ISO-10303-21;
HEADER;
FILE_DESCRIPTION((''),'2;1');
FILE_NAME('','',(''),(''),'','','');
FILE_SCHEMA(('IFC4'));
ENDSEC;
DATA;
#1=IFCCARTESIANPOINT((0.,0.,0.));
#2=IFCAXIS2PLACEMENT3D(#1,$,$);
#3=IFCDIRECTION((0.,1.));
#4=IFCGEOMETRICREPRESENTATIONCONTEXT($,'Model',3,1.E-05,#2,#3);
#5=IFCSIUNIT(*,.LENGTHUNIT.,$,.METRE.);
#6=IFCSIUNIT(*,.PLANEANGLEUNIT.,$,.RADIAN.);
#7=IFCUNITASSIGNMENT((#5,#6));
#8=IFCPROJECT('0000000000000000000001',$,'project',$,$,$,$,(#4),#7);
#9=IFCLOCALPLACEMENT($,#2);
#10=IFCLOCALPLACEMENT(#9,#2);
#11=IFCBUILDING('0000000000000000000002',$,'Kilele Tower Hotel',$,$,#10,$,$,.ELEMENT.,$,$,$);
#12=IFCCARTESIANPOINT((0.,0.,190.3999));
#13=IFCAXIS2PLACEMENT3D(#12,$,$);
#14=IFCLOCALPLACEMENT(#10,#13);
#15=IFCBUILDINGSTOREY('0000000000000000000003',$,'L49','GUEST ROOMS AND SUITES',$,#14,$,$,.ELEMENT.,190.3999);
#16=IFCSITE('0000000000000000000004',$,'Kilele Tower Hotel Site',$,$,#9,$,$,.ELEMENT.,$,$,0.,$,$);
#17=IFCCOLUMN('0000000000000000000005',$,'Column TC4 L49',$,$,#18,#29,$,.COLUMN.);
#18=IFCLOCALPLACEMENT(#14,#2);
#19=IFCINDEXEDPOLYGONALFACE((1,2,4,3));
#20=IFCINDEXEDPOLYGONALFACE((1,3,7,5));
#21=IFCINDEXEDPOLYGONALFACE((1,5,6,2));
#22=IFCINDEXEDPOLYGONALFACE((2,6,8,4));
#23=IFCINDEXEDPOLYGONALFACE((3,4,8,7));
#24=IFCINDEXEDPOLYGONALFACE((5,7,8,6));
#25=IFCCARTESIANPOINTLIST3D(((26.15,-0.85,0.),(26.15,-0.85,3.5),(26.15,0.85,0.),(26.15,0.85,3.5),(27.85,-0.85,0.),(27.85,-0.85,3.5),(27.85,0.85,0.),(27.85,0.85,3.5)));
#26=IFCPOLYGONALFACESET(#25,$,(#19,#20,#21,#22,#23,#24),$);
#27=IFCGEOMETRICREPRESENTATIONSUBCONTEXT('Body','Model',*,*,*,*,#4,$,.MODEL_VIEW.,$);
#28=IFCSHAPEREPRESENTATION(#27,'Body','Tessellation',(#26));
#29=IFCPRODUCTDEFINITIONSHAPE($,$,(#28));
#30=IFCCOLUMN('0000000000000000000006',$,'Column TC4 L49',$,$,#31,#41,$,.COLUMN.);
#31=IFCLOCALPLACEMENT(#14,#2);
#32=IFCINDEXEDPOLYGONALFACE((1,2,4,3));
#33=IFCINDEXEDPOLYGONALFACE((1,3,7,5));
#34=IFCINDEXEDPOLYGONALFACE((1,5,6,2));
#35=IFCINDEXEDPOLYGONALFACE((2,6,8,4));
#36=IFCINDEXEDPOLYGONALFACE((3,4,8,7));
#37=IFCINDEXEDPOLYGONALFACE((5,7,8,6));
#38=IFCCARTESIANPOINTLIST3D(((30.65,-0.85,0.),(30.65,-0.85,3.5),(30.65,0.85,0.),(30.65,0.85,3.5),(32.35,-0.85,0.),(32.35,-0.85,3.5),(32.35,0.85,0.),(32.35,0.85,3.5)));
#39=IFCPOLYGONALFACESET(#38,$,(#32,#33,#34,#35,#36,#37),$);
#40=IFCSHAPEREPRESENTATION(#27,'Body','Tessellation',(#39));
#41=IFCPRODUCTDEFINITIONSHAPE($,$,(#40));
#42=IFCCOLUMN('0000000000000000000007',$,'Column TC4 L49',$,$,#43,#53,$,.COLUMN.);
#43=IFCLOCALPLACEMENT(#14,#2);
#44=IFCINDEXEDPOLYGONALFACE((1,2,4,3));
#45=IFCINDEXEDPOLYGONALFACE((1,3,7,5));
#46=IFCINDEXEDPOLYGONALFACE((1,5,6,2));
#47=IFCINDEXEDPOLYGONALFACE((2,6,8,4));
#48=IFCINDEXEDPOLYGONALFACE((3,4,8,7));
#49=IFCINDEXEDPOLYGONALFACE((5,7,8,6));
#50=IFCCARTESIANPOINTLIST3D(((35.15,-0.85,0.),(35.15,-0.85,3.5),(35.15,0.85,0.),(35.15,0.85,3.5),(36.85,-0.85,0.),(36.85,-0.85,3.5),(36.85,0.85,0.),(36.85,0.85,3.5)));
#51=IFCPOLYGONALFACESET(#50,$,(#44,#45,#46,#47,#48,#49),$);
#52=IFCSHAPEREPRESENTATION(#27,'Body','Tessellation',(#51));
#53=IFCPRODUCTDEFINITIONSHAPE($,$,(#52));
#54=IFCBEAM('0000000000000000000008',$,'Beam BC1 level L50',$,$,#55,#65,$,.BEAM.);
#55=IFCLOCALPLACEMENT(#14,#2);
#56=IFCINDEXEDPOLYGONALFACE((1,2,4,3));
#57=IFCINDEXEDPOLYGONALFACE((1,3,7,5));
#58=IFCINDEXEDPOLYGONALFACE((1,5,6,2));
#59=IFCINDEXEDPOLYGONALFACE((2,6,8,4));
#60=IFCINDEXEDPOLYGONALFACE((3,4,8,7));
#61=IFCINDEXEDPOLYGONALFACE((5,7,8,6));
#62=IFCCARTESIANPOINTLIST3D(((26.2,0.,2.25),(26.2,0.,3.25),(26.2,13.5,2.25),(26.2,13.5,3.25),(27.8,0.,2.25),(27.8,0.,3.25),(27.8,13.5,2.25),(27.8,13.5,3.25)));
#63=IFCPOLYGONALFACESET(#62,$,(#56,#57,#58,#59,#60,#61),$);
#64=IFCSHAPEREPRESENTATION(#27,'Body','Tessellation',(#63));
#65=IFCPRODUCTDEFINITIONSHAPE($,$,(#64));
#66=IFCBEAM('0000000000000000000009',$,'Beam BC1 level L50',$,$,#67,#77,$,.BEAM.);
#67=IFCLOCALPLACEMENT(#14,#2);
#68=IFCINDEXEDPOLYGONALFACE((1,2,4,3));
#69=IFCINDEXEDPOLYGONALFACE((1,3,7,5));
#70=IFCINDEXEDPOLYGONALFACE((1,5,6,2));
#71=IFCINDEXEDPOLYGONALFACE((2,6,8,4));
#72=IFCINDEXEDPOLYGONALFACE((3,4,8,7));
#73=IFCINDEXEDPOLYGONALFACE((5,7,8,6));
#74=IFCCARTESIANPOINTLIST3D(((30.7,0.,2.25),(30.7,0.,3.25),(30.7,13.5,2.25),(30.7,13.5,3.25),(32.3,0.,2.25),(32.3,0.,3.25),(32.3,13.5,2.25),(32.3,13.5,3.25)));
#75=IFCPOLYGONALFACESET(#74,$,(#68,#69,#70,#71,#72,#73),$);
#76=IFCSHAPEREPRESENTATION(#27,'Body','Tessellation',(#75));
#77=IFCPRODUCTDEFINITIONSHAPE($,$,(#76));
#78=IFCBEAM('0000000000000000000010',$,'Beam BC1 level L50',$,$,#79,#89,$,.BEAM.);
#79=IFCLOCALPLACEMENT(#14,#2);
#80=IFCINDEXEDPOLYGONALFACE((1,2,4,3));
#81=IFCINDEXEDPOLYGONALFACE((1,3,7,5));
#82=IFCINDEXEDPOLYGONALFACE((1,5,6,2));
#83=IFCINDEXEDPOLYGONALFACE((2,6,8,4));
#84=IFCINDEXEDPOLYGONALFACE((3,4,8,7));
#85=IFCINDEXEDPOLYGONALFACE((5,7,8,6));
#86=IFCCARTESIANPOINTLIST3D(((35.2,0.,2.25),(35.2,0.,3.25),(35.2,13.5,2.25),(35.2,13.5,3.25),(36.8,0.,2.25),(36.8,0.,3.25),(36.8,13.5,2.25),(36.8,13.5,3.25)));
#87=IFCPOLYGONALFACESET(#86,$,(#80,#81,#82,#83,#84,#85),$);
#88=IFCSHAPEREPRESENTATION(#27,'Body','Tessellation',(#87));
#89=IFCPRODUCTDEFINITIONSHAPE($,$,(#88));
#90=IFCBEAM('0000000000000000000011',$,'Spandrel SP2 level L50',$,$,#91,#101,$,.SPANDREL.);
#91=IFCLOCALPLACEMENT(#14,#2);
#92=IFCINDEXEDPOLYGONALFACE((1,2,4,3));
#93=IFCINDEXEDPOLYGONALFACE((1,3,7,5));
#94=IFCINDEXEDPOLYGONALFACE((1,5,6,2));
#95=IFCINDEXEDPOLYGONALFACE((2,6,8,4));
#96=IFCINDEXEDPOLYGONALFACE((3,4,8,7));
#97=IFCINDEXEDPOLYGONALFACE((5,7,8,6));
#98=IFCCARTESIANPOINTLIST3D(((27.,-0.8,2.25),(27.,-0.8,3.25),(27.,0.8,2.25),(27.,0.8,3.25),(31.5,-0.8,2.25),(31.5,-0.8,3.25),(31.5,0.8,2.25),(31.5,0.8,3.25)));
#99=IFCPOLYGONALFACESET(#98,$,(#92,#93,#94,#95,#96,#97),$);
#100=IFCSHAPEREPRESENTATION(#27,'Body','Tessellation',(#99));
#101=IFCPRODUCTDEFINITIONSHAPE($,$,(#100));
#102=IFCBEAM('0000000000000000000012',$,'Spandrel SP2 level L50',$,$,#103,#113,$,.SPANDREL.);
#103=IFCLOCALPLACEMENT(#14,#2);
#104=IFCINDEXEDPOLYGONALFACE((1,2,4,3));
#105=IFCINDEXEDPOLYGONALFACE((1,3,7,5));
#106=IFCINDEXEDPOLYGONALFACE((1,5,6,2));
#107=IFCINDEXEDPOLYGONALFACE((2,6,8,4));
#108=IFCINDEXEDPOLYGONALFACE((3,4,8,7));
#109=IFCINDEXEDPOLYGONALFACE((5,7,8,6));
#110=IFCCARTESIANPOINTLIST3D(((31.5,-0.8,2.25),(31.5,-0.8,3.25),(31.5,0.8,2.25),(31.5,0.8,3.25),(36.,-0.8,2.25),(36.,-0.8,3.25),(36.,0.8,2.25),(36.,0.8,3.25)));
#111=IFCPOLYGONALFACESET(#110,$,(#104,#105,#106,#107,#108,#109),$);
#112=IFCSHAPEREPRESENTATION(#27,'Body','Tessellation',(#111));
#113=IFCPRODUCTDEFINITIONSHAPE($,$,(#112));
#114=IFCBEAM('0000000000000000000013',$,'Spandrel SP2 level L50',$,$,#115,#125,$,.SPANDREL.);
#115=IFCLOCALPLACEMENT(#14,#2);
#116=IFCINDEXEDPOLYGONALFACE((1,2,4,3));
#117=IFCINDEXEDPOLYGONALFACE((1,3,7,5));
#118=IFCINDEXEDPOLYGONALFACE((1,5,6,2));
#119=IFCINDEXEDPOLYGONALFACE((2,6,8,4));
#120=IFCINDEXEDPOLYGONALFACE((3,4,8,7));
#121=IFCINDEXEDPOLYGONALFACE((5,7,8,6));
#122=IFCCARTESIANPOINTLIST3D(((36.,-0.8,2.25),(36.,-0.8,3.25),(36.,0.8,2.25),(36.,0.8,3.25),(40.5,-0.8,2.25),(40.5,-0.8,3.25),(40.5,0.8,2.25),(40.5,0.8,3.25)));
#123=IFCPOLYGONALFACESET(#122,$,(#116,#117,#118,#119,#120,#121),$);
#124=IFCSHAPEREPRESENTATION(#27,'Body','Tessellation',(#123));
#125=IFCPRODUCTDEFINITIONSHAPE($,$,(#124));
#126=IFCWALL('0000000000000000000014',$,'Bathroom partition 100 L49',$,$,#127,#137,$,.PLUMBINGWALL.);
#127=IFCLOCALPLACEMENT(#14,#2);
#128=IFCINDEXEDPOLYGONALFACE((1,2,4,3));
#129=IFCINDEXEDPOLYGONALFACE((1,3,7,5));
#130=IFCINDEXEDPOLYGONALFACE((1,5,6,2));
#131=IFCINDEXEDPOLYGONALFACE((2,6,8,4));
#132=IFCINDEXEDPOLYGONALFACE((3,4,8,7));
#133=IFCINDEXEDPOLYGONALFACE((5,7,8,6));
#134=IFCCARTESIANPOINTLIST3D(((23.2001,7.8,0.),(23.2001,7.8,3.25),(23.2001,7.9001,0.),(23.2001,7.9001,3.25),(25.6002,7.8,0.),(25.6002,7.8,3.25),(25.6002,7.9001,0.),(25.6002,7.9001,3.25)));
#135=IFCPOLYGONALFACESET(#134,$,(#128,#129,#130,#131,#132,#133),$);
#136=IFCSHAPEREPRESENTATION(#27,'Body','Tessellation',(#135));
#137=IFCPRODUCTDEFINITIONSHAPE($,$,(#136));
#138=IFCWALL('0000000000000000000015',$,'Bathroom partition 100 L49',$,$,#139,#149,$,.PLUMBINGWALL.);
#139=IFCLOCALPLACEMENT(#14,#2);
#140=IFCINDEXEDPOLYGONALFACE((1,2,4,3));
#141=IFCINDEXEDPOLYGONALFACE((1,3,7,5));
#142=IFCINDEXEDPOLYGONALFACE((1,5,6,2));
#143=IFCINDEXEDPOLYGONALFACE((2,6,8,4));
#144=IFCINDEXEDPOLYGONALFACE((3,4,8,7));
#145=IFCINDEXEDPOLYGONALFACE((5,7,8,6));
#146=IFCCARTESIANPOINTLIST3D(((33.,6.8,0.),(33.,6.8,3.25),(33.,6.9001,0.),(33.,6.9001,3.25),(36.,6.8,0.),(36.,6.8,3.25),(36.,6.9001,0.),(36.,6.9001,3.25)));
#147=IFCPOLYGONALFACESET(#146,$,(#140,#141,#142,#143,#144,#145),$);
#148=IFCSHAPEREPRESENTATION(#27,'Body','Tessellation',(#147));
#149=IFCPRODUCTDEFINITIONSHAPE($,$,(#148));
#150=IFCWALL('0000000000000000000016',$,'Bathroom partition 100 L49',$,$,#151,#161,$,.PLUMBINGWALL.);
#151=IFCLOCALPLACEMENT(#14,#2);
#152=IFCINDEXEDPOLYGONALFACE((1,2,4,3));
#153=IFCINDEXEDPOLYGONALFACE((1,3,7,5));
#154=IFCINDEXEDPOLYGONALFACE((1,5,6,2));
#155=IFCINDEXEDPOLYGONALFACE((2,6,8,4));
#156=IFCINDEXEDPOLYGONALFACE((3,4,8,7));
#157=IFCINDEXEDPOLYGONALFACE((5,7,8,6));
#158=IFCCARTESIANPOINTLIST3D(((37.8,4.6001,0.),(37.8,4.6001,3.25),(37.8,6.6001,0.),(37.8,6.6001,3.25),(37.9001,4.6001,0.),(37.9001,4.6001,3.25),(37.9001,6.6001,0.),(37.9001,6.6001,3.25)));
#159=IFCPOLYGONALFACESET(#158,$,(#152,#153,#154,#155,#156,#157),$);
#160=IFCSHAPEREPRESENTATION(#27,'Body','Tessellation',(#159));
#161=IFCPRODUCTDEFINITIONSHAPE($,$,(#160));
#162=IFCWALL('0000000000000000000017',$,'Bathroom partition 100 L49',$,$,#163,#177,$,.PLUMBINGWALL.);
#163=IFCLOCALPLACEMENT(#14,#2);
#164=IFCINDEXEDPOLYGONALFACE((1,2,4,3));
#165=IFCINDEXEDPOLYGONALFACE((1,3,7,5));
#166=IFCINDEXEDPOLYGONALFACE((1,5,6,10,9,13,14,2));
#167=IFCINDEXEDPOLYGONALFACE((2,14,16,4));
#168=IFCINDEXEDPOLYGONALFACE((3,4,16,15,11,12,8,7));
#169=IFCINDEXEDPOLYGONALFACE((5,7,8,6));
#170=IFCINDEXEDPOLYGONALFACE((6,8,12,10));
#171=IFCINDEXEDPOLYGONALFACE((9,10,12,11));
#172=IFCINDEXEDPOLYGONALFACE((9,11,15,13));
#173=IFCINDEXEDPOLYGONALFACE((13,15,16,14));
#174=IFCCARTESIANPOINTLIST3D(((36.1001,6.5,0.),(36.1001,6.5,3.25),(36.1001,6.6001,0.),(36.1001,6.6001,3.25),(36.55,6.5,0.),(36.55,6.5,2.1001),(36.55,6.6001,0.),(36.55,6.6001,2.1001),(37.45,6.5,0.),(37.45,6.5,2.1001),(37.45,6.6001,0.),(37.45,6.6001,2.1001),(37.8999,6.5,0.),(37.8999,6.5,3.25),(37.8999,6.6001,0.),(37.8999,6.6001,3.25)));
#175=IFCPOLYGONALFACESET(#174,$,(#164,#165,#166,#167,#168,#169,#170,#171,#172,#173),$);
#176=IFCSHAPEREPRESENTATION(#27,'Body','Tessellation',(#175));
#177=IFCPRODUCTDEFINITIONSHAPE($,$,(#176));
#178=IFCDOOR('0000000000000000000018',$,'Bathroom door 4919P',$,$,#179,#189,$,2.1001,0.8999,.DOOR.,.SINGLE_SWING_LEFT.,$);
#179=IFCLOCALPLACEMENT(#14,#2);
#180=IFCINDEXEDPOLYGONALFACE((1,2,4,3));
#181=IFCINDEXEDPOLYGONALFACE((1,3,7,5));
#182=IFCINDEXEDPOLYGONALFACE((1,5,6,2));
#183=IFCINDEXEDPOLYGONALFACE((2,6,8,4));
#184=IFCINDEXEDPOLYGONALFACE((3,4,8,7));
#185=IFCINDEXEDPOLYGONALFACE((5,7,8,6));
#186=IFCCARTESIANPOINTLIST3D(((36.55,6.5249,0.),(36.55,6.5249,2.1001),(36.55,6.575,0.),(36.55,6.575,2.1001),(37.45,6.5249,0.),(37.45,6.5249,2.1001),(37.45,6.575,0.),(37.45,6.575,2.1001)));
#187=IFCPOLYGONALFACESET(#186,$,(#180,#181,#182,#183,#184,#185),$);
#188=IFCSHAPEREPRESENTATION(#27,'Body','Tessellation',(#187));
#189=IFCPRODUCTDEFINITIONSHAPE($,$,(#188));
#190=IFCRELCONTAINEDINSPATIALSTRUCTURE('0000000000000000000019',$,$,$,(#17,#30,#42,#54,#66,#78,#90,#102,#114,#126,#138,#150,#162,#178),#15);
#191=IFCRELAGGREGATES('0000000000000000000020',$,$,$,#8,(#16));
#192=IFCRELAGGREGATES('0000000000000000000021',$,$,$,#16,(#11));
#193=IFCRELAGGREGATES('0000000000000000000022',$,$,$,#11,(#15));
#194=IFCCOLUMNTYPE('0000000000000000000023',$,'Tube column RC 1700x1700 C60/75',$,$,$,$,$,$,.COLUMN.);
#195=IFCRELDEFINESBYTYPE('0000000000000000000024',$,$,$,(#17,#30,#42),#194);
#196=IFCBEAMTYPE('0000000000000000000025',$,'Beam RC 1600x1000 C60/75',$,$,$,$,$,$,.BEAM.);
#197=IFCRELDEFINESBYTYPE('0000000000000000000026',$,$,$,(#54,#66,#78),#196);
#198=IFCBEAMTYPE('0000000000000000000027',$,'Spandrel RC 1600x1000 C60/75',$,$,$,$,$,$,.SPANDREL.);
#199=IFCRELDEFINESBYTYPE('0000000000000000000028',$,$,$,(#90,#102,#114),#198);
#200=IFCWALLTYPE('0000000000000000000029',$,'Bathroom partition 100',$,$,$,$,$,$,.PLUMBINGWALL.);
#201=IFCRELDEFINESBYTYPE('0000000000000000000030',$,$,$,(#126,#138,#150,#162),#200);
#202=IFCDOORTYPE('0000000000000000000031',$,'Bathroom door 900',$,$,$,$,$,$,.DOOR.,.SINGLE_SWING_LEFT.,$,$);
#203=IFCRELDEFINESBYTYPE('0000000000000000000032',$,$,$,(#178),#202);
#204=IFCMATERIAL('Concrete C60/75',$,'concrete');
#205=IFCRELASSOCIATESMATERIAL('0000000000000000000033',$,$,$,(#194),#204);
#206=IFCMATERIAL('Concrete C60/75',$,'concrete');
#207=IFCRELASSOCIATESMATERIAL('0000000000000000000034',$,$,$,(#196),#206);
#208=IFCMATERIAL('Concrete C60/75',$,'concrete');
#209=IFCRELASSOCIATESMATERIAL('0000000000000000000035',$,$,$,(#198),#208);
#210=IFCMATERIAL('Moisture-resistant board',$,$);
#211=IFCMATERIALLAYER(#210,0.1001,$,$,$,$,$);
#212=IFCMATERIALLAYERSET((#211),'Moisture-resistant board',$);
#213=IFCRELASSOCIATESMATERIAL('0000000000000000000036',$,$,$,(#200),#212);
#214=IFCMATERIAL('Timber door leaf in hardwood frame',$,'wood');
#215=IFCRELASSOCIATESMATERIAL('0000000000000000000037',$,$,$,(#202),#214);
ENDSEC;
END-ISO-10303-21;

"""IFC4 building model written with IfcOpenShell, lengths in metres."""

from ifc_helpers import new_model, si_unit, direction, frame, frame_2d, origin, origin_2d, place, context, subcontext, project, spatial, rectangle, extrude, material, layer, layer_set, material_profile, profile_set, type_object, element, fill, save


model = new_model("IFC4")

# Units and contexts
model_context = context("Model", 3, precision=1e-05, world=origin(), true_north=direction((0.0, 1.0)))
body_context = subcontext(model_context, "Body", "Model", "MODEL_VIEW")
ifc_project = project(units=[si_unit("LENGTHUNIT", "METRE"), si_unit("PLANEANGLEUNIT", "RADIAN")], contexts=[model_context])

# Site, building, storey
site_placement = place(None, origin())
site = spatial("IfcSite", under=ifc_project, at=site_placement, Name="Kilele Tower Hotel Site", CompositionType="ELEMENT", RefElevation=0.0)
building_placement = place(site_placement, origin())
building = spatial("IfcBuilding", under=site, at=building_placement, Name="Kilele Tower Hotel", CompositionType="ELEMENT")
storey_placement = place(building_placement, frame((0.0, 0.0, 190.3999)))
storey = spatial("IfcBuildingStorey", under=building, at=storey_placement, Name="L49", Description="GUEST ROOMS AND SUITES", CompositionType="ELEMENT", Elevation=190.3999)

# Columns
ifc_material_1 = material(Name="Concrete C60/75", Category="concrete")
ifc_material_profile_1 = material_profile(ifc_material_1, rectangle(XDim=1.7, YDim=1.7, at=origin_2d()))
ifc_profile_set_1 = profile_set([ifc_material_profile_1], Name="Concrete C60/75")
column_type = type_object("IfcColumnType", Name="Tube column RC 1700x1700 C60/75", PredefinedType="COLUMN", material=ifc_profile_set_1)
for number, where, z_axis, x_axis, name in (
    (1, (27.0, 0.0, 0.0), (0.0, 0.0, 1.0), (1.0, 0.0, 0.0), "Column TC4 L49"),
    (2, (31.5, 0.0, 0.0), (0.0, 0.0, 1.0), (1.0, 0.0, 0.0), "Column TC4 L49"),
    (3, (36.0, 0.0, 0.0), (0.0, 0.0, 1.0), (1.0, 0.0, 0.0), "Column TC4 L49"),
):
    element("IfcColumn", number, at=place(storey_placement, frame(where, z_axis=z_axis, x_axis=x_axis)), inside=storey, type_object=column_type, Name=name, PredefinedType="COLUMN", context=body_context, shape_type="SweptSolid", body=[
        extrude(rectangle(XDim=1.7, YDim=1.7, at=origin_2d()), origin(), (0.0, 0.0, 1.0), 3.5),
    ])

# Beams
ifc_material_2 = material(Name="Concrete C60/75", Category="concrete")
ifc_material_profile_2 = material_profile(ifc_material_2, rectangle(XDim=1.6001, YDim=1.0, at=origin_2d()))
ifc_profile_set_2 = profile_set([ifc_material_profile_2], Name="Concrete C60/75")
beam_type_1 = type_object("IfcBeamType", Name="Beam RC 1600x1000 C60/75", PredefinedType="BEAM", material=ifc_profile_set_2)
for number, where, z_axis, x_axis, name in (
    (4, (27.0, 0.0, 2.75), (0.0, 1.0, 0.0), (-1.0, 0.0, 0.0), "Beam BC1 level L50"),
    (5, (31.5, 0.0, 2.75), (0.0, 1.0, 0.0), (-1.0, 0.0, 0.0), "Beam BC1 level L50"),
    (6, (36.0, 0.0, 2.75), (0.0, 1.0, 0.0), (-1.0, 0.0, 0.0), "Beam BC1 level L50"),
):
    element("IfcBeam", number, at=place(storey_placement, frame(where, z_axis=z_axis, x_axis=x_axis)), inside=storey, type_object=beam_type_1, Name=name, PredefinedType="BEAM", context=body_context, shape_type="SweptSolid", body=[
        extrude(rectangle(XDim=1.6001, YDim=1.0, at=origin_2d()), origin(), (0.0, 0.0, 1.0), 13.5),
    ])
ifc_material_3 = material(Name="Concrete C60/75", Category="concrete")
ifc_material_profile_3 = material_profile(ifc_material_3, rectangle(XDim=1.6001, YDim=1.0, at=origin_2d()))
ifc_profile_set_3 = profile_set([ifc_material_profile_3], Name="Concrete C60/75")
beam_type_2 = type_object("IfcBeamType", Name="Spandrel RC 1600x1000 C60/75", PredefinedType="SPANDREL", material=ifc_profile_set_3)
for number, where, z_axis, x_axis, name in (
    (7, (27.0, 0.0, 2.75), (1.0, 0.0, 0.0), (0.0, 1.0, 0.0), "Spandrel SP2 level L50"),
    (8, (31.5, 0.0, 2.75), (1.0, 0.0, 0.0), (0.0, 1.0, 0.0), "Spandrel SP2 level L50"),
    (9, (36.0, 0.0, 2.75), (1.0, 0.0, 0.0), (0.0, 1.0, 0.0), "Spandrel SP2 level L50"),
):
    element("IfcBeam", number, at=place(storey_placement, frame(where, z_axis=z_axis, x_axis=x_axis)), inside=storey, type_object=beam_type_2, Name=name, PredefinedType="SPANDREL", context=body_context, shape_type="SweptSolid", body=[
        extrude(rectangle(XDim=1.6001, YDim=1.0, at=origin_2d()), origin(), (0.0, 0.0, 1.0), 4.5),
    ])

# Walls
ifc_material_4 = material(Name="Moisture-resistant board")
ifc_layer_1 = layer(ifc_material_4, 0.1001)
ifc_layer_set_1 = layer_set([ifc_layer_1], Name="Moisture-resistant board")
wall_type_1 = type_object("IfcWallType", Name="Bathroom partition 100", PredefinedType="PLUMBINGWALL", material=ifc_layer_set_1)
wall_1_placement = place(storey_placement, frame((23.2, 7.8501, 0.0), z_axis=(0.0, 0.0, 1.0), x_axis=(1.0, 0.0, 0.0)))
element("IfcWall", 10, at=wall_1_placement, inside=storey, type_object=wall_type_1, Name="Bathroom partition 100 L49", PredefinedType="PLUMBINGWALL", context=body_context, shape_type="SweptSolid", body=[
    extrude(rectangle(XDim=2.4001, YDim=0.1001, at=frame_2d((1.2002, 0.0))), origin(), (0.0, 0.0, 1.0), 3.25),
])
wall_2_placement = place(storey_placement, frame((33.0, 6.8501, 0.0), z_axis=(0.0, 0.0, 1.0), x_axis=(1.0, 0.0, 0.0)))
element("IfcWall", 11, at=wall_2_placement, inside=storey, type_object=wall_type_1, Name="Bathroom partition 100 L49", PredefinedType="PLUMBINGWALL", context=body_context, shape_type="SweptSolid", body=[
    extrude(rectangle(XDim=3.0, YDim=0.1001, at=frame_2d((1.5, 0.0))), origin(), (0.0, 0.0, 1.0), 3.25),
])
wall_3_placement = place(storey_placement, frame((37.8501, 4.6001, 0.0), z_axis=(0.0, 0.0, 1.0), x_axis=(0.0, 1.0, 0.0)))
element("IfcWall", 12, at=wall_3_placement, inside=storey, type_object=wall_type_1, Name="Bathroom partition 100 L49", PredefinedType="PLUMBINGWALL", context=body_context, shape_type="SweptSolid", body=[
    extrude(rectangle(XDim=2.0, YDim=0.1001, at=frame_2d((1.0, 0.0))), origin(), (0.0, 0.0, 1.0), 3.25),
])

# Wall, opening, door
wall_4_placement = place(storey_placement, frame((36.1001, 6.55, 0.0), z_axis=(0.0, 0.0, 1.0), x_axis=(1.0, 0.0, 0.0)))
wall_4 = element("IfcWall", 13, at=wall_4_placement, inside=storey, type_object=wall_type_1, Name="Bathroom partition 100 L49", PredefinedType="PLUMBINGWALL", context=body_context, shape_type="SweptSolid", body=[
    extrude(rectangle(XDim=1.7998, YDim=0.1001, at=frame_2d((0.8999, 0.0))), origin(), (0.0, 0.0, 1.0), 3.25),
])
opening_1_placement = place(wall_4_placement, frame((0.45, 0.0, 0.0)))
opening_1 = element("IfcOpeningElement", 14, at=opening_1_placement, cuts=wall_4, PredefinedType="OPENING", context=body_context, shape_type="SweptSolid", body=[
    extrude(rectangle(XDim=0.8999, YDim=2.1001, at=frame_2d((0.45, 1.05))), frame((0.0, 0.0601, 0.0), z_axis=(0.0, -1.0, 0.0), x_axis=(1.0, 0.0, 0.0)), (0.0, 0.0, 1.0), 0.1201),
])
ifc_material_5 = material(Name="Timber door leaf in hardwood frame", Category="wood")
door_type_1 = type_object("IfcDoorType", Name="Bathroom door 900", OperationType="SINGLE_SWING_LEFT", PredefinedType="DOOR", material=ifc_material_5)
door_1_placement = place(opening_1_placement, origin())
door_1 = element("IfcDoor", 15, at=door_1_placement, inside=storey, type_object=door_type_1, Name="Bathroom door 4919P", OperationType="SINGLE_SWING_LEFT", OverallHeight=2.1001, OverallWidth=0.8999, PredefinedType="DOOR", context=body_context, shape_type="SweptSolid", body=[
    extrude(rectangle(XDim=0.8999, YDim=2.1001, at=frame_2d((0.45, 1.05))), frame((0.0, 0.0249, 0.0), z_axis=(0.0, -1.0, 0.0), x_axis=(1.0, 0.0, 0.0)), (0.0, 0.0, 1.0), 0.05),
])
fill(opening_1, door_1)

save(model, "model.ifc")
